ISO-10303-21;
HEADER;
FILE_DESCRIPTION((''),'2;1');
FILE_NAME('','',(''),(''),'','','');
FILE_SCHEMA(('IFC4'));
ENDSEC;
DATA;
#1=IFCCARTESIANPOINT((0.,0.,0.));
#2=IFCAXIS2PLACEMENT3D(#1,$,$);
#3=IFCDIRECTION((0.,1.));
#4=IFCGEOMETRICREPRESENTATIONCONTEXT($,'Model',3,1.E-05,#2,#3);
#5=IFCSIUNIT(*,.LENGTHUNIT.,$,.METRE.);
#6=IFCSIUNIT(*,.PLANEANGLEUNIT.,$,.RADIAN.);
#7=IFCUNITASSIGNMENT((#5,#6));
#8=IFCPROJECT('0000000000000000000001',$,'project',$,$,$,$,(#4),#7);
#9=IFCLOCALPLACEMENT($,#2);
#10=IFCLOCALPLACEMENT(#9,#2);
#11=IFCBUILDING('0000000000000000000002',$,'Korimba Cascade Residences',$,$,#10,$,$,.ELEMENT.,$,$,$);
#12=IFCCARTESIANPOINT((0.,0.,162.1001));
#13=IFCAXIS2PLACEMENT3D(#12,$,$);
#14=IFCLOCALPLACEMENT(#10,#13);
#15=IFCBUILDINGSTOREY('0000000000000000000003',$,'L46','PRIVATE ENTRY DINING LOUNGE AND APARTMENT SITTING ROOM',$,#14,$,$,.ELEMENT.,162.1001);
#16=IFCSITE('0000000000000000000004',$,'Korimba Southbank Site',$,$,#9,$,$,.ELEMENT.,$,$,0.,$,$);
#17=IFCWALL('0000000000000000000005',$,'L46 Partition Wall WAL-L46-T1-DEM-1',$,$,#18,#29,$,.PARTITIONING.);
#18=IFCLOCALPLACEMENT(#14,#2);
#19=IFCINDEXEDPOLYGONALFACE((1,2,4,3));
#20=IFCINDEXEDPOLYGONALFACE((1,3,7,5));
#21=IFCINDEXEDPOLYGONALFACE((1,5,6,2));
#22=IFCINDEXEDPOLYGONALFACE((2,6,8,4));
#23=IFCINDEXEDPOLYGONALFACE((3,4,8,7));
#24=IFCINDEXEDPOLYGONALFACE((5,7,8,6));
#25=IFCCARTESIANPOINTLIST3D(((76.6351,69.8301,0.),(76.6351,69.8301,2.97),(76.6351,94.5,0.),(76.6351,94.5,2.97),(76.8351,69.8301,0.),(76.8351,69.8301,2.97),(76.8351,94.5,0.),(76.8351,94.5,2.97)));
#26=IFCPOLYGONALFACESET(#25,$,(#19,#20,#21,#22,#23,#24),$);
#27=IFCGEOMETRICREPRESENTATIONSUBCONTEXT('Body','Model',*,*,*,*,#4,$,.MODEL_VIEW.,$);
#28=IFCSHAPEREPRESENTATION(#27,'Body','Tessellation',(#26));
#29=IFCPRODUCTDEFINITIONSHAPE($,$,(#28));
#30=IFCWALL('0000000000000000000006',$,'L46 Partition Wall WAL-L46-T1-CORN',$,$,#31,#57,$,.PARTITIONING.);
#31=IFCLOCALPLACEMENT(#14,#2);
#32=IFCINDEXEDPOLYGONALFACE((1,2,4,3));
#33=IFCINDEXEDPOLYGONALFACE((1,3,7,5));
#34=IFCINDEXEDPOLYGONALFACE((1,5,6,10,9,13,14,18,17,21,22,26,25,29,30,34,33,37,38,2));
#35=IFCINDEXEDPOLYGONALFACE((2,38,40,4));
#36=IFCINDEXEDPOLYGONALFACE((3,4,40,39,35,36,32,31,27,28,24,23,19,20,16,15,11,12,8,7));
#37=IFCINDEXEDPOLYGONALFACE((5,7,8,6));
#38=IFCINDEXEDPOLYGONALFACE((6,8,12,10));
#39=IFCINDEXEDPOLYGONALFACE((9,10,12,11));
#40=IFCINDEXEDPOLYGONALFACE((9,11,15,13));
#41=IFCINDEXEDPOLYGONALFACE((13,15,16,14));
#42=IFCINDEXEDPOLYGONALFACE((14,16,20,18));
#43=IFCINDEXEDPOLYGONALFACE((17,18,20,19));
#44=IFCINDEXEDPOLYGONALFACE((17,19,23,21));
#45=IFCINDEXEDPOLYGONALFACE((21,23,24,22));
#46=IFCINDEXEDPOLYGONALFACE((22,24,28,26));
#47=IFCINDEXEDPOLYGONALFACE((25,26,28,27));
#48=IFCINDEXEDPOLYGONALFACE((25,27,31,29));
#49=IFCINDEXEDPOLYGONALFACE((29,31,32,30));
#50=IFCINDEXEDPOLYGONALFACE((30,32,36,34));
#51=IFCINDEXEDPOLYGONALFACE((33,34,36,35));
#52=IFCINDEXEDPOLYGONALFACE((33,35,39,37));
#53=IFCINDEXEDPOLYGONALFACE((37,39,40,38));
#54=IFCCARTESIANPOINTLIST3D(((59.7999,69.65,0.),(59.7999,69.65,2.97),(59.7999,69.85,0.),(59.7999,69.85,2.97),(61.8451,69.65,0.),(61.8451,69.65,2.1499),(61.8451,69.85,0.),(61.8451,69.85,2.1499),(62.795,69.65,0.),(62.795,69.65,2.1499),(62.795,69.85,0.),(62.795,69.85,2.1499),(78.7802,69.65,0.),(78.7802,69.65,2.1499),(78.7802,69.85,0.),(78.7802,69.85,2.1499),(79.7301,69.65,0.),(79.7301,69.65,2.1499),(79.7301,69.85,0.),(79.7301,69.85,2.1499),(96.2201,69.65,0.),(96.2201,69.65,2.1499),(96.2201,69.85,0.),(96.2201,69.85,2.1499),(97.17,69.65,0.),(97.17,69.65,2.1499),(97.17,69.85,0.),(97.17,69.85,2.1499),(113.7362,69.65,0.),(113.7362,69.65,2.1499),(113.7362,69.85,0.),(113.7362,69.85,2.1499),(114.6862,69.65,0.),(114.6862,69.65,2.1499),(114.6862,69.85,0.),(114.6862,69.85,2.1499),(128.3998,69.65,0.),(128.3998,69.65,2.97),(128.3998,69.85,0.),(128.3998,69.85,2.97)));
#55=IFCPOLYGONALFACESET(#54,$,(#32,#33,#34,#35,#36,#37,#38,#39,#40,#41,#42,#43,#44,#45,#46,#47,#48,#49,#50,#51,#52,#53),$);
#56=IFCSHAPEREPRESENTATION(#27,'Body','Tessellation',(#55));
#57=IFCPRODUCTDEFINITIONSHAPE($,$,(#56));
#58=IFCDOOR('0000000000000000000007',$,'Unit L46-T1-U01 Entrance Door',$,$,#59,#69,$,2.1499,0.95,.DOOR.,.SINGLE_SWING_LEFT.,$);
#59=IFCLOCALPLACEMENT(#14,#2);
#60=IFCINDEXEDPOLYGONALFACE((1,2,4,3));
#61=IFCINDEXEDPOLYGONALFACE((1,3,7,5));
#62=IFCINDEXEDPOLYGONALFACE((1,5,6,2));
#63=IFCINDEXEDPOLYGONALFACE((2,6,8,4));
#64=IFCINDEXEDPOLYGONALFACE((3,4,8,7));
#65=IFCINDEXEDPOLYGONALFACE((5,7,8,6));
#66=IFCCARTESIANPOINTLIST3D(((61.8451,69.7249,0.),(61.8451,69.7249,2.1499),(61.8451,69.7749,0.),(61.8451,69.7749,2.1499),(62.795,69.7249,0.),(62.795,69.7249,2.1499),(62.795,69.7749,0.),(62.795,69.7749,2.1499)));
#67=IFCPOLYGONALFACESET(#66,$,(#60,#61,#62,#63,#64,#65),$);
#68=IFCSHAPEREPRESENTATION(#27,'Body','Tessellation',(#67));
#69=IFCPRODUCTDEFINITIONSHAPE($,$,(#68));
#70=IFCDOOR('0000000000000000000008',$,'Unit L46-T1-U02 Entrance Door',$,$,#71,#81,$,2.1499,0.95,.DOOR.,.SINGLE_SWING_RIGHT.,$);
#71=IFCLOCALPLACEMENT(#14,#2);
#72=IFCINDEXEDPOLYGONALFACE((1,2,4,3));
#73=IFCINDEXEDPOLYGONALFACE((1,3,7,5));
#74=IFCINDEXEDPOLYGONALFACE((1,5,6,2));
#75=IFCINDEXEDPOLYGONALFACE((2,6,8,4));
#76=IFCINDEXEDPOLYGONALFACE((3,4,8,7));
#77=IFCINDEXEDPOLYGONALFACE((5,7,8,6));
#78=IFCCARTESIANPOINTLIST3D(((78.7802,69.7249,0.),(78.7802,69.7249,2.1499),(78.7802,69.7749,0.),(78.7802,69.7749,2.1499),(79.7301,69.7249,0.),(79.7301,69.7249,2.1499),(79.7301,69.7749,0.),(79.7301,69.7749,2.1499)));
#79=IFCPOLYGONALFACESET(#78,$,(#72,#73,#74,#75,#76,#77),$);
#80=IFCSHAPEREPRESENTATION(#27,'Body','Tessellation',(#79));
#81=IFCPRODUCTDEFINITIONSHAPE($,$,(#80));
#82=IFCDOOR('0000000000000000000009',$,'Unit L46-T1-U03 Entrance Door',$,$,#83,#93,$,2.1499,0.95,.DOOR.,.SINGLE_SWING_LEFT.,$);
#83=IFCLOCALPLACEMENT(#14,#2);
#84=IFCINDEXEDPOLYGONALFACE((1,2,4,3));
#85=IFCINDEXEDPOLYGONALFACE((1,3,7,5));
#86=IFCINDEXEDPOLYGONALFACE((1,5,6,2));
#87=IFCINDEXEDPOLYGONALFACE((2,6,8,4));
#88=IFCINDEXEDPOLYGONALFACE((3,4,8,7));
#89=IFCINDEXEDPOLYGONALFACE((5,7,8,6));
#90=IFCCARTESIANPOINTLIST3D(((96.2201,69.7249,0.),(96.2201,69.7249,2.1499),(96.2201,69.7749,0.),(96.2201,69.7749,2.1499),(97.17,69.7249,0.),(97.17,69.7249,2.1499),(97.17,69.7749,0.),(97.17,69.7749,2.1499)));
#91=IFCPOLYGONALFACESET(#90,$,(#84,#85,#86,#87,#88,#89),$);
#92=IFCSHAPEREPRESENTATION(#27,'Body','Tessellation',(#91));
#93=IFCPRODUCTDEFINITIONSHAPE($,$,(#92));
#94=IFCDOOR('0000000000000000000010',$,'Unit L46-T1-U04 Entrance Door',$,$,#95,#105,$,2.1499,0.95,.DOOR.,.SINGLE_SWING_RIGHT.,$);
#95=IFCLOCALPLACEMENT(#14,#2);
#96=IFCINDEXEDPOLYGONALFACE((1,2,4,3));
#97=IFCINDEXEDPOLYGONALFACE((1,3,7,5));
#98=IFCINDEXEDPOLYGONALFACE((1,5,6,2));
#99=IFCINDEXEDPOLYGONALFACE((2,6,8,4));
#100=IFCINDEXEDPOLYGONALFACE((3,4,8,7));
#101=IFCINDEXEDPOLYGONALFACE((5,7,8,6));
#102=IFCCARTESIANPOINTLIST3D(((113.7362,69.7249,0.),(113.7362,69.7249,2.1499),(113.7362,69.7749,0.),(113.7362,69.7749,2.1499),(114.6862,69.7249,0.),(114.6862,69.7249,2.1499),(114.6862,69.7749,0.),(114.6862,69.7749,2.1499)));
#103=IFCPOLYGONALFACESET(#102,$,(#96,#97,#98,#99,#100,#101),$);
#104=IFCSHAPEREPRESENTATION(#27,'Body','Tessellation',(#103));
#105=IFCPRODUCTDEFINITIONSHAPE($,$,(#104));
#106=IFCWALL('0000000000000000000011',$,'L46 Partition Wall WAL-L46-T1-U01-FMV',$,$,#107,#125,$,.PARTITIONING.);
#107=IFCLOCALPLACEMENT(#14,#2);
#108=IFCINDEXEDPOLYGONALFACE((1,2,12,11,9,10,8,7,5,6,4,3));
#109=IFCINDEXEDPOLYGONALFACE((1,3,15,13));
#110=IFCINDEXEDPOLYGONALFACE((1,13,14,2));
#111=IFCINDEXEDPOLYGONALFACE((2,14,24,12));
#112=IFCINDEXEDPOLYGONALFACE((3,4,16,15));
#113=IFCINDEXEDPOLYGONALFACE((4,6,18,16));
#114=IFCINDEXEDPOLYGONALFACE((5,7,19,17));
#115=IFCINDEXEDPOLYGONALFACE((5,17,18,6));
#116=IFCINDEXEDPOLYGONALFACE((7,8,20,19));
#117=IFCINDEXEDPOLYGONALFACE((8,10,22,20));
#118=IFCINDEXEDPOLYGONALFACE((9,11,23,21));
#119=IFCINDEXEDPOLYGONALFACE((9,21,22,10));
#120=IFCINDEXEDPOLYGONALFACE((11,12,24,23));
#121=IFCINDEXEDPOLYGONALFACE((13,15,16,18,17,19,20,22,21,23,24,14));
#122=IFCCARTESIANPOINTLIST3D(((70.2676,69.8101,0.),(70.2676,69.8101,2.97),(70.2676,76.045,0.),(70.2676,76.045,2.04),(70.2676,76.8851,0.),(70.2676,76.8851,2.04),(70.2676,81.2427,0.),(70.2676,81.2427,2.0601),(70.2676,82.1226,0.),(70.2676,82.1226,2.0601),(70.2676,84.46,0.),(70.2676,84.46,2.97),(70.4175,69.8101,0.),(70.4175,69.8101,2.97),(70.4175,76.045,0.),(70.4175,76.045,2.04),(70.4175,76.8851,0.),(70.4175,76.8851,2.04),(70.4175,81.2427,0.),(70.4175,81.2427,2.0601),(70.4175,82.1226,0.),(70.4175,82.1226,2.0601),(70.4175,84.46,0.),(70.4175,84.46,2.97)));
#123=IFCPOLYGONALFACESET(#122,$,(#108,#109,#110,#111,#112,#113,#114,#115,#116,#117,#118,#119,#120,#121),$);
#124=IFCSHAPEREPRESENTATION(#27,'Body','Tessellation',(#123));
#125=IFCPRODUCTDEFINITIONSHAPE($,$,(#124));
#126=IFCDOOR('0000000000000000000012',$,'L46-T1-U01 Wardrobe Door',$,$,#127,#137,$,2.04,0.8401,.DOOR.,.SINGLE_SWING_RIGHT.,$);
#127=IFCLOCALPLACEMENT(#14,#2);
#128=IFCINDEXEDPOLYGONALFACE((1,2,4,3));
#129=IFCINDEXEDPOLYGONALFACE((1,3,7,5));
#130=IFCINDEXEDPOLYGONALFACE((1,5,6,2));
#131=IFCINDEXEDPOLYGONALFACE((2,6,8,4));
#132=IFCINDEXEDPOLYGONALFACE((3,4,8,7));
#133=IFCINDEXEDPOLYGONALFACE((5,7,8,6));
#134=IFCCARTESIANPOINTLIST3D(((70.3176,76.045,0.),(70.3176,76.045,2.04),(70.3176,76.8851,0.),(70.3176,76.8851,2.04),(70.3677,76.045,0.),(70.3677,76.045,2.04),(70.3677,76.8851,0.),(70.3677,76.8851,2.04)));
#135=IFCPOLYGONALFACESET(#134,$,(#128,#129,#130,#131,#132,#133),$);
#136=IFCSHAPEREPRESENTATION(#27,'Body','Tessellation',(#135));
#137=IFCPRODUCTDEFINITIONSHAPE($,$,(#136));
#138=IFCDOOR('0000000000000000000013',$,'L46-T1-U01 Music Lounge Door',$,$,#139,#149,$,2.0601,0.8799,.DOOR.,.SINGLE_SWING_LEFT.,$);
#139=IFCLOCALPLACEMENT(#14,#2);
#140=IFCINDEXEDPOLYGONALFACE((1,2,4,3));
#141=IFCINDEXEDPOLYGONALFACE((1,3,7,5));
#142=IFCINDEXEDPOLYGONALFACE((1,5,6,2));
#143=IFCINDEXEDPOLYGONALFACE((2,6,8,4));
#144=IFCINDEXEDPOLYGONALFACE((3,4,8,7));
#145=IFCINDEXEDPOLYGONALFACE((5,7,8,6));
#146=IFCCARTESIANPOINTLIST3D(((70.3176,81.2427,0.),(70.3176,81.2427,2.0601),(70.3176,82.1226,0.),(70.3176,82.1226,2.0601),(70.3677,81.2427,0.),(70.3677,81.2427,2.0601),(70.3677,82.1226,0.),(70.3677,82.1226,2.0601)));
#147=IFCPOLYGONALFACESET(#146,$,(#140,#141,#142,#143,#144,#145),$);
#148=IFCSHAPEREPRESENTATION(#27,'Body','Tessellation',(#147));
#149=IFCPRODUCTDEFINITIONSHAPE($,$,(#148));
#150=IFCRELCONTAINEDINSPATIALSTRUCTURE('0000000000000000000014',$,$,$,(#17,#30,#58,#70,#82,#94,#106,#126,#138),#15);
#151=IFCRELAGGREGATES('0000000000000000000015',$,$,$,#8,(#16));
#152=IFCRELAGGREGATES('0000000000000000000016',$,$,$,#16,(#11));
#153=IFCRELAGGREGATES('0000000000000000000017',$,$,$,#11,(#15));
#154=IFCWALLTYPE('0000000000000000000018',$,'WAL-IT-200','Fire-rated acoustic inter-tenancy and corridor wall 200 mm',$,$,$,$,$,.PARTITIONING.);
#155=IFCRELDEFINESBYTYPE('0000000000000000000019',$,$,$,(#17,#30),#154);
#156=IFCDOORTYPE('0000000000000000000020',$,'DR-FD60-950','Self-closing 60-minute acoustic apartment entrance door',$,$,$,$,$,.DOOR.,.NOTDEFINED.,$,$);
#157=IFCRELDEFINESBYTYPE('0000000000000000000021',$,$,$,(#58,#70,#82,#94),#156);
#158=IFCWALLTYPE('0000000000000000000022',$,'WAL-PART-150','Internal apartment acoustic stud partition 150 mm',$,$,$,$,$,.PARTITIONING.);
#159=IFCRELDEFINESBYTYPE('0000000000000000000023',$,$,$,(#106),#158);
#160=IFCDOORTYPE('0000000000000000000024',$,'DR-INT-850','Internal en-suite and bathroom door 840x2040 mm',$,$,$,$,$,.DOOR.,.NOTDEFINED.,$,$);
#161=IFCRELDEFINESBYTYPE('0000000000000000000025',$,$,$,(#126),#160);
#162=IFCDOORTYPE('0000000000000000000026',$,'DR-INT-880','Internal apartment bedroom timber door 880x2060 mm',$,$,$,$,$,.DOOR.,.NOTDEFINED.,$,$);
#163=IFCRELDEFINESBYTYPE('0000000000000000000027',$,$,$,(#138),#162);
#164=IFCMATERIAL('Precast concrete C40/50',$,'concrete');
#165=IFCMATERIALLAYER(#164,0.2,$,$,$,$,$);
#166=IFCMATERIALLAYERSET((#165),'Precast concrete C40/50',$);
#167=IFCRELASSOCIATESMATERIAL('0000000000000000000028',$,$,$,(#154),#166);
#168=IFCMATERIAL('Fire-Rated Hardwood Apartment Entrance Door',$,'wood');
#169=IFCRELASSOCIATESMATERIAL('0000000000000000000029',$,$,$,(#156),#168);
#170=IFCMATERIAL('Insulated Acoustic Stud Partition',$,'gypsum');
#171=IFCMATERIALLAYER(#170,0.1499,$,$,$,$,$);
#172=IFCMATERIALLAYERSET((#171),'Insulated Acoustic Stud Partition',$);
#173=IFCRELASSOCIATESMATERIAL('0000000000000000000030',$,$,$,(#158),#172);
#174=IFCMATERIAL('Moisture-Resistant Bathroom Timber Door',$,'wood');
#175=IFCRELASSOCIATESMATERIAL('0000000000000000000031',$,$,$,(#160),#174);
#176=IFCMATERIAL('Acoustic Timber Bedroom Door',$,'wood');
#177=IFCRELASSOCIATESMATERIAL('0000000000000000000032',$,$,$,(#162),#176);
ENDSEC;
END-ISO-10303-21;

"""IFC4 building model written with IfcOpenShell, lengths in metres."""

from ifc_helpers import new_model, si_unit, direction, frame, frame_2d, origin, place, context, subcontext, project, spatial, rectangle, extrude, material, layer, layer_set, type_object, element, fill, save


model = new_model("IFC4")

# Units and contexts
model_context = context("Model", 3, precision=1e-05, world=origin(), true_north=direction((0.0, 1.0)))
body_context = subcontext(model_context, "Body", "Model", "MODEL_VIEW")
ifc_project = project(units=[si_unit("LENGTHUNIT", "METRE"), si_unit("PLANEANGLEUNIT", "RADIAN")], contexts=[model_context])

# Site, building, storey
site_placement = place(None, origin())
site = spatial("IfcSite", under=ifc_project, at=site_placement, Name="Korimba Southbank Site", CompositionType="ELEMENT", RefElevation=0.0)
building_placement = place(site_placement, origin())
building = spatial("IfcBuilding", under=site, at=building_placement, Name="Korimba Cascade Residences", CompositionType="ELEMENT")
storey_placement = place(building_placement, frame((0.0, 0.0, 162.1001)))
storey = spatial("IfcBuildingStorey", under=building, at=storey_placement, Name="L46", Description="PRIVATE ENTRY DINING LOUNGE AND APARTMENT SITTING ROOM", CompositionType="ELEMENT", Elevation=162.1001)

# Wall
ifc_material_1 = material(Name="Precast concrete C40/50", Category="concrete")
ifc_layer_1 = layer(ifc_material_1, 0.2)
ifc_layer_set_1 = layer_set([ifc_layer_1], Name="Precast concrete C40/50")
wall_type_1 = type_object("IfcWallType", Name="WAL-IT-200", Description="Fire-rated acoustic inter-tenancy and corridor wall 200 mm", PredefinedType="PARTITIONING", material=ifc_layer_set_1)
wall_1_placement = place(storey_placement, frame((76.7351, 69.8301, 0.0), z_axis=(0.0, 0.0, 1.0), x_axis=(0.0, 1.0, 0.0)))
element("IfcWall", 1, at=wall_1_placement, inside=storey, type_object=wall_type_1, Name="L46 Partition Wall WAL-L46-T1-DEM-1", PredefinedType="PARTITIONING", context=body_context, shape_type="SweptSolid", body=[
    extrude(rectangle(XDim=24.6699, YDim=0.2, at=frame_2d((12.335, 0.0))), origin(), (0.0, 0.0, 1.0), 2.97),
])

# Walls, openings, doors
wall_2_placement = place(storey_placement, frame((59.8, 69.75, 0.0), z_axis=(0.0, 0.0, 1.0), x_axis=(1.0, 0.0, 0.0)))
wall_2 = element("IfcWall", 2, at=wall_2_placement, inside=storey, type_object=wall_type_1, Name="L46 Partition Wall WAL-L46-T1-CORN", PredefinedType="PARTITIONING", context=body_context, shape_type="SweptSolid", body=[
    extrude(rectangle(XDim=68.5999, YDim=0.2, at=frame_2d((34.2998, 0.0))), origin(), (0.0, 0.0, 1.0), 2.97),
])
opening_1_placement = place(wall_2_placement, frame((2.0449, 0.0, 0.0)))
opening_1 = element("IfcOpeningElement", 3, at=opening_1_placement, cuts=wall_2, PredefinedType="OPENING", context=body_context, shape_type="SweptSolid", body=[
    extrude(rectangle(XDim=0.95, YDim=2.1499, at=frame_2d((0.4751, 1.075))), frame((0.0, 0.1099, 0.0), z_axis=(0.0, -1.0, 0.0), x_axis=(1.0, 0.0, 0.0)), (0.0, 0.0, 1.0), 0.22),
])
opening_2_placement = place(wall_2_placement, frame((18.98, 0.0, 0.0)))
opening_2 = element("IfcOpeningElement", 4, at=opening_2_placement, cuts=wall_2, PredefinedType="OPENING", context=body_context, shape_type="SweptSolid", body=[
    extrude(rectangle(XDim=0.95, YDim=2.1499, at=frame_2d((0.4751, 1.075))), frame((0.0, 0.1099, 0.0), z_axis=(0.0, -1.0, 0.0), x_axis=(1.0, 0.0, 0.0)), (0.0, 0.0, 1.0), 0.22),
])
opening_3_placement = place(wall_2_placement, frame((36.4199, 0.0, 0.0)))
opening_3 = element("IfcOpeningElement", 5, at=opening_3_placement, cuts=wall_2, PredefinedType="OPENING", context=body_context, shape_type="SweptSolid", body=[
    extrude(rectangle(XDim=0.95, YDim=2.1499, at=frame_2d((0.4751, 1.075))), frame((0.0, 0.1099, 0.0), z_axis=(0.0, -1.0, 0.0), x_axis=(1.0, 0.0, 0.0)), (0.0, 0.0, 1.0), 0.22),
])
opening_4_placement = place(wall_2_placement, frame((53.936, 0.0, 0.0)))
opening_4 = element("IfcOpeningElement", 6, at=opening_4_placement, cuts=wall_2, PredefinedType="OPENING", context=body_context, shape_type="SweptSolid", body=[
    extrude(rectangle(XDim=0.95, YDim=2.1499, at=frame_2d((0.4751, 1.075))), frame((0.0, 0.1099, 0.0), z_axis=(0.0, -1.0, 0.0), x_axis=(1.0, 0.0, 0.0)), (0.0, 0.0, 1.0), 0.22),
])
ifc_material_2 = material(Name="Fire-Rated Hardwood Apartment Entrance Door", Category="wood")
door_type_1 = type_object("IfcDoorType", Name="DR-FD60-950", Description="Self-closing 60-minute acoustic apartment entrance door", OperationType="NOTDEFINED", PredefinedType="DOOR", material=ifc_material_2)
door_1_placement = place(opening_1_placement, origin())
door_1 = element("IfcDoor", 7, at=door_1_placement, inside=storey, type_object=door_type_1, Name="Unit L46-T1-U01 Entrance Door", OperationType="SINGLE_SWING_LEFT", OverallHeight=2.1499, OverallWidth=0.95, PredefinedType="DOOR", context=body_context, shape_type="SweptSolid", body=[
    extrude(rectangle(XDim=0.95, YDim=2.1499, at=frame_2d((0.4751, 1.075))), frame((0.0, 0.0249, 0.0), z_axis=(0.0, -1.0, 0.0), x_axis=(1.0, 0.0, 0.0)), (0.0, 0.0, 1.0), 0.05),
])
fill(opening_1, door_1)
door_2_placement = place(opening_2_placement, origin())
door_2 = element("IfcDoor", 8, at=door_2_placement, inside=storey, type_object=door_type_1, Name="Unit L46-T1-U02 Entrance Door", OperationType="SINGLE_SWING_RIGHT", OverallHeight=2.1499, OverallWidth=0.95, PredefinedType="DOOR", context=body_context, shape_type="SweptSolid", body=[
    extrude(rectangle(XDim=0.95, YDim=2.1499, at=frame_2d((0.4751, 1.075))), frame((0.0, 0.0249, 0.0), z_axis=(0.0, -1.0, 0.0), x_axis=(1.0, 0.0, 0.0)), (0.0, 0.0, 1.0), 0.05),
])
fill(opening_2, door_2)
door_3_placement = place(opening_3_placement, origin())
door_3 = element("IfcDoor", 9, at=door_3_placement, inside=storey, type_object=door_type_1, Name="Unit L46-T1-U03 Entrance Door", OperationType="SINGLE_SWING_LEFT", OverallHeight=2.1499, OverallWidth=0.95, PredefinedType="DOOR", context=body_context, shape_type="SweptSolid", body=[
    extrude(rectangle(XDim=0.95, YDim=2.1499, at=frame_2d((0.4751, 1.075))), frame((0.0, 0.0249, 0.0), z_axis=(0.0, -1.0, 0.0), x_axis=(1.0, 0.0, 0.0)), (0.0, 0.0, 1.0), 0.05),
])
fill(opening_3, door_3)
door_4_placement = place(opening_4_placement, origin())
door_4 = element("IfcDoor", 10, at=door_4_placement, inside=storey, type_object=door_type_1, Name="Unit L46-T1-U04 Entrance Door", OperationType="SINGLE_SWING_RIGHT", OverallHeight=2.1499, OverallWidth=0.95, PredefinedType="DOOR", context=body_context, shape_type="SweptSolid", body=[
    extrude(rectangle(XDim=0.95, YDim=2.1499, at=frame_2d((0.4751, 1.075))), frame((0.0, 0.0249, 0.0), z_axis=(0.0, -1.0, 0.0), x_axis=(1.0, 0.0, 0.0)), (0.0, 0.0, 1.0), 0.05),
])
fill(opening_4, door_4)
ifc_material_3 = material(Name="Insulated Acoustic Stud Partition", Category="gypsum")
ifc_layer_2 = layer(ifc_material_3, 0.1499)
ifc_layer_set_2 = layer_set([ifc_layer_2], Name="Insulated Acoustic Stud Partition")
wall_type_2 = type_object("IfcWallType", Name="WAL-PART-150", Description="Internal apartment acoustic stud partition 150 mm", PredefinedType="PARTITIONING", material=ifc_layer_set_2)
wall_3_placement = place(storey_placement, frame((70.3425, 69.8101, 0.0), z_axis=(0.0, 0.0, 1.0), x_axis=(0.0, 1.0, 0.0)))
wall_3 = element("IfcWall", 11, at=wall_3_placement, inside=storey, type_object=wall_type_2, Name="L46 Partition Wall WAL-L46-T1-U01-FMV", PredefinedType="PARTITIONING", context=body_context, shape_type="SweptSolid", body=[
    extrude(rectangle(XDim=14.6499, YDim=0.1499, at=frame_2d((7.325, 0.0))), origin(), (0.0, 0.0, 1.0), 2.97),
])
opening_5_placement = place(wall_3_placement, frame((6.2351, 0.0, 0.0)))
opening_5 = element("IfcOpeningElement", 12, at=opening_5_placement, cuts=wall_3, PredefinedType="OPENING", context=body_context, shape_type="SweptSolid", body=[
    extrude(rectangle(XDim=0.8401, YDim=2.04, at=frame_2d((0.4199, 1.02))), frame((0.0, 0.085, 0.0), z_axis=(0.0, -1.0, 0.0), x_axis=(1.0, 0.0, 0.0)), (0.0, 0.0, 1.0), 0.1699),
])
opening_6_placement = place(wall_3_placement, frame((11.4326, 0.0, 0.0)))
opening_6 = element("IfcOpeningElement", 13, at=opening_6_placement, cuts=wall_3, PredefinedType="OPENING", context=body_context, shape_type="SweptSolid", body=[
    extrude(rectangle(XDim=0.8799, YDim=2.0601, at=frame_2d((0.4399, 1.03))), frame((0.0, 0.085, 0.0), z_axis=(0.0, -1.0, 0.0), x_axis=(1.0, 0.0, 0.0)), (0.0, 0.0, 1.0), 0.1699),
])
ifc_material_4 = material(Name="Moisture-Resistant Bathroom Timber Door", Category="wood")
door_type_2 = type_object("IfcDoorType", Name="DR-INT-850", Description="Internal en-suite and bathroom door 840x2040 mm", OperationType="NOTDEFINED", PredefinedType="DOOR", material=ifc_material_4)
door_5_placement = place(opening_5_placement, origin())
door_5 = element("IfcDoor", 14, at=door_5_placement, inside=storey, type_object=door_type_2, Name="L46-T1-U01 Wardrobe Door", OperationType="SINGLE_SWING_RIGHT", OverallHeight=2.04, OverallWidth=0.8401, PredefinedType="DOOR", context=body_context, shape_type="SweptSolid", body=[
    extrude(rectangle(XDim=0.8401, YDim=2.04, at=frame_2d((0.4199, 1.02))), frame((0.0, 0.0249, 0.0), z_axis=(0.0, -1.0, 0.0), x_axis=(1.0, 0.0, 0.0)), (0.0, 0.0, 1.0), 0.05),
])
fill(opening_5, door_5)
ifc_material_5 = material(Name="Acoustic Timber Bedroom Door", Category="wood")
door_type_3 = type_object("IfcDoorType", Name="DR-INT-880", Description="Internal apartment bedroom timber door 880x2060 mm", OperationType="NOTDEFINED", PredefinedType="DOOR", material=ifc_material_5)
door_6_placement = place(opening_6_placement, origin())
door_6 = element("IfcDoor", 15, at=door_6_placement, inside=storey, type_object=door_type_3, Name="L46-T1-U01 Music Lounge Door", OperationType="SINGLE_SWING_LEFT", OverallHeight=2.0601, OverallWidth=0.8799, PredefinedType="DOOR", context=body_context, shape_type="SweptSolid", body=[
    extrude(rectangle(XDim=0.8799, YDim=2.0601, at=frame_2d((0.4399, 1.03))), frame((0.0, 0.0249, 0.0), z_axis=(0.0, -1.0, 0.0), x_axis=(1.0, 0.0, 0.0)), (0.0, 0.0, 1.0), 0.05),
])
fill(opening_6, door_6)

save(model, "model.ifc")
